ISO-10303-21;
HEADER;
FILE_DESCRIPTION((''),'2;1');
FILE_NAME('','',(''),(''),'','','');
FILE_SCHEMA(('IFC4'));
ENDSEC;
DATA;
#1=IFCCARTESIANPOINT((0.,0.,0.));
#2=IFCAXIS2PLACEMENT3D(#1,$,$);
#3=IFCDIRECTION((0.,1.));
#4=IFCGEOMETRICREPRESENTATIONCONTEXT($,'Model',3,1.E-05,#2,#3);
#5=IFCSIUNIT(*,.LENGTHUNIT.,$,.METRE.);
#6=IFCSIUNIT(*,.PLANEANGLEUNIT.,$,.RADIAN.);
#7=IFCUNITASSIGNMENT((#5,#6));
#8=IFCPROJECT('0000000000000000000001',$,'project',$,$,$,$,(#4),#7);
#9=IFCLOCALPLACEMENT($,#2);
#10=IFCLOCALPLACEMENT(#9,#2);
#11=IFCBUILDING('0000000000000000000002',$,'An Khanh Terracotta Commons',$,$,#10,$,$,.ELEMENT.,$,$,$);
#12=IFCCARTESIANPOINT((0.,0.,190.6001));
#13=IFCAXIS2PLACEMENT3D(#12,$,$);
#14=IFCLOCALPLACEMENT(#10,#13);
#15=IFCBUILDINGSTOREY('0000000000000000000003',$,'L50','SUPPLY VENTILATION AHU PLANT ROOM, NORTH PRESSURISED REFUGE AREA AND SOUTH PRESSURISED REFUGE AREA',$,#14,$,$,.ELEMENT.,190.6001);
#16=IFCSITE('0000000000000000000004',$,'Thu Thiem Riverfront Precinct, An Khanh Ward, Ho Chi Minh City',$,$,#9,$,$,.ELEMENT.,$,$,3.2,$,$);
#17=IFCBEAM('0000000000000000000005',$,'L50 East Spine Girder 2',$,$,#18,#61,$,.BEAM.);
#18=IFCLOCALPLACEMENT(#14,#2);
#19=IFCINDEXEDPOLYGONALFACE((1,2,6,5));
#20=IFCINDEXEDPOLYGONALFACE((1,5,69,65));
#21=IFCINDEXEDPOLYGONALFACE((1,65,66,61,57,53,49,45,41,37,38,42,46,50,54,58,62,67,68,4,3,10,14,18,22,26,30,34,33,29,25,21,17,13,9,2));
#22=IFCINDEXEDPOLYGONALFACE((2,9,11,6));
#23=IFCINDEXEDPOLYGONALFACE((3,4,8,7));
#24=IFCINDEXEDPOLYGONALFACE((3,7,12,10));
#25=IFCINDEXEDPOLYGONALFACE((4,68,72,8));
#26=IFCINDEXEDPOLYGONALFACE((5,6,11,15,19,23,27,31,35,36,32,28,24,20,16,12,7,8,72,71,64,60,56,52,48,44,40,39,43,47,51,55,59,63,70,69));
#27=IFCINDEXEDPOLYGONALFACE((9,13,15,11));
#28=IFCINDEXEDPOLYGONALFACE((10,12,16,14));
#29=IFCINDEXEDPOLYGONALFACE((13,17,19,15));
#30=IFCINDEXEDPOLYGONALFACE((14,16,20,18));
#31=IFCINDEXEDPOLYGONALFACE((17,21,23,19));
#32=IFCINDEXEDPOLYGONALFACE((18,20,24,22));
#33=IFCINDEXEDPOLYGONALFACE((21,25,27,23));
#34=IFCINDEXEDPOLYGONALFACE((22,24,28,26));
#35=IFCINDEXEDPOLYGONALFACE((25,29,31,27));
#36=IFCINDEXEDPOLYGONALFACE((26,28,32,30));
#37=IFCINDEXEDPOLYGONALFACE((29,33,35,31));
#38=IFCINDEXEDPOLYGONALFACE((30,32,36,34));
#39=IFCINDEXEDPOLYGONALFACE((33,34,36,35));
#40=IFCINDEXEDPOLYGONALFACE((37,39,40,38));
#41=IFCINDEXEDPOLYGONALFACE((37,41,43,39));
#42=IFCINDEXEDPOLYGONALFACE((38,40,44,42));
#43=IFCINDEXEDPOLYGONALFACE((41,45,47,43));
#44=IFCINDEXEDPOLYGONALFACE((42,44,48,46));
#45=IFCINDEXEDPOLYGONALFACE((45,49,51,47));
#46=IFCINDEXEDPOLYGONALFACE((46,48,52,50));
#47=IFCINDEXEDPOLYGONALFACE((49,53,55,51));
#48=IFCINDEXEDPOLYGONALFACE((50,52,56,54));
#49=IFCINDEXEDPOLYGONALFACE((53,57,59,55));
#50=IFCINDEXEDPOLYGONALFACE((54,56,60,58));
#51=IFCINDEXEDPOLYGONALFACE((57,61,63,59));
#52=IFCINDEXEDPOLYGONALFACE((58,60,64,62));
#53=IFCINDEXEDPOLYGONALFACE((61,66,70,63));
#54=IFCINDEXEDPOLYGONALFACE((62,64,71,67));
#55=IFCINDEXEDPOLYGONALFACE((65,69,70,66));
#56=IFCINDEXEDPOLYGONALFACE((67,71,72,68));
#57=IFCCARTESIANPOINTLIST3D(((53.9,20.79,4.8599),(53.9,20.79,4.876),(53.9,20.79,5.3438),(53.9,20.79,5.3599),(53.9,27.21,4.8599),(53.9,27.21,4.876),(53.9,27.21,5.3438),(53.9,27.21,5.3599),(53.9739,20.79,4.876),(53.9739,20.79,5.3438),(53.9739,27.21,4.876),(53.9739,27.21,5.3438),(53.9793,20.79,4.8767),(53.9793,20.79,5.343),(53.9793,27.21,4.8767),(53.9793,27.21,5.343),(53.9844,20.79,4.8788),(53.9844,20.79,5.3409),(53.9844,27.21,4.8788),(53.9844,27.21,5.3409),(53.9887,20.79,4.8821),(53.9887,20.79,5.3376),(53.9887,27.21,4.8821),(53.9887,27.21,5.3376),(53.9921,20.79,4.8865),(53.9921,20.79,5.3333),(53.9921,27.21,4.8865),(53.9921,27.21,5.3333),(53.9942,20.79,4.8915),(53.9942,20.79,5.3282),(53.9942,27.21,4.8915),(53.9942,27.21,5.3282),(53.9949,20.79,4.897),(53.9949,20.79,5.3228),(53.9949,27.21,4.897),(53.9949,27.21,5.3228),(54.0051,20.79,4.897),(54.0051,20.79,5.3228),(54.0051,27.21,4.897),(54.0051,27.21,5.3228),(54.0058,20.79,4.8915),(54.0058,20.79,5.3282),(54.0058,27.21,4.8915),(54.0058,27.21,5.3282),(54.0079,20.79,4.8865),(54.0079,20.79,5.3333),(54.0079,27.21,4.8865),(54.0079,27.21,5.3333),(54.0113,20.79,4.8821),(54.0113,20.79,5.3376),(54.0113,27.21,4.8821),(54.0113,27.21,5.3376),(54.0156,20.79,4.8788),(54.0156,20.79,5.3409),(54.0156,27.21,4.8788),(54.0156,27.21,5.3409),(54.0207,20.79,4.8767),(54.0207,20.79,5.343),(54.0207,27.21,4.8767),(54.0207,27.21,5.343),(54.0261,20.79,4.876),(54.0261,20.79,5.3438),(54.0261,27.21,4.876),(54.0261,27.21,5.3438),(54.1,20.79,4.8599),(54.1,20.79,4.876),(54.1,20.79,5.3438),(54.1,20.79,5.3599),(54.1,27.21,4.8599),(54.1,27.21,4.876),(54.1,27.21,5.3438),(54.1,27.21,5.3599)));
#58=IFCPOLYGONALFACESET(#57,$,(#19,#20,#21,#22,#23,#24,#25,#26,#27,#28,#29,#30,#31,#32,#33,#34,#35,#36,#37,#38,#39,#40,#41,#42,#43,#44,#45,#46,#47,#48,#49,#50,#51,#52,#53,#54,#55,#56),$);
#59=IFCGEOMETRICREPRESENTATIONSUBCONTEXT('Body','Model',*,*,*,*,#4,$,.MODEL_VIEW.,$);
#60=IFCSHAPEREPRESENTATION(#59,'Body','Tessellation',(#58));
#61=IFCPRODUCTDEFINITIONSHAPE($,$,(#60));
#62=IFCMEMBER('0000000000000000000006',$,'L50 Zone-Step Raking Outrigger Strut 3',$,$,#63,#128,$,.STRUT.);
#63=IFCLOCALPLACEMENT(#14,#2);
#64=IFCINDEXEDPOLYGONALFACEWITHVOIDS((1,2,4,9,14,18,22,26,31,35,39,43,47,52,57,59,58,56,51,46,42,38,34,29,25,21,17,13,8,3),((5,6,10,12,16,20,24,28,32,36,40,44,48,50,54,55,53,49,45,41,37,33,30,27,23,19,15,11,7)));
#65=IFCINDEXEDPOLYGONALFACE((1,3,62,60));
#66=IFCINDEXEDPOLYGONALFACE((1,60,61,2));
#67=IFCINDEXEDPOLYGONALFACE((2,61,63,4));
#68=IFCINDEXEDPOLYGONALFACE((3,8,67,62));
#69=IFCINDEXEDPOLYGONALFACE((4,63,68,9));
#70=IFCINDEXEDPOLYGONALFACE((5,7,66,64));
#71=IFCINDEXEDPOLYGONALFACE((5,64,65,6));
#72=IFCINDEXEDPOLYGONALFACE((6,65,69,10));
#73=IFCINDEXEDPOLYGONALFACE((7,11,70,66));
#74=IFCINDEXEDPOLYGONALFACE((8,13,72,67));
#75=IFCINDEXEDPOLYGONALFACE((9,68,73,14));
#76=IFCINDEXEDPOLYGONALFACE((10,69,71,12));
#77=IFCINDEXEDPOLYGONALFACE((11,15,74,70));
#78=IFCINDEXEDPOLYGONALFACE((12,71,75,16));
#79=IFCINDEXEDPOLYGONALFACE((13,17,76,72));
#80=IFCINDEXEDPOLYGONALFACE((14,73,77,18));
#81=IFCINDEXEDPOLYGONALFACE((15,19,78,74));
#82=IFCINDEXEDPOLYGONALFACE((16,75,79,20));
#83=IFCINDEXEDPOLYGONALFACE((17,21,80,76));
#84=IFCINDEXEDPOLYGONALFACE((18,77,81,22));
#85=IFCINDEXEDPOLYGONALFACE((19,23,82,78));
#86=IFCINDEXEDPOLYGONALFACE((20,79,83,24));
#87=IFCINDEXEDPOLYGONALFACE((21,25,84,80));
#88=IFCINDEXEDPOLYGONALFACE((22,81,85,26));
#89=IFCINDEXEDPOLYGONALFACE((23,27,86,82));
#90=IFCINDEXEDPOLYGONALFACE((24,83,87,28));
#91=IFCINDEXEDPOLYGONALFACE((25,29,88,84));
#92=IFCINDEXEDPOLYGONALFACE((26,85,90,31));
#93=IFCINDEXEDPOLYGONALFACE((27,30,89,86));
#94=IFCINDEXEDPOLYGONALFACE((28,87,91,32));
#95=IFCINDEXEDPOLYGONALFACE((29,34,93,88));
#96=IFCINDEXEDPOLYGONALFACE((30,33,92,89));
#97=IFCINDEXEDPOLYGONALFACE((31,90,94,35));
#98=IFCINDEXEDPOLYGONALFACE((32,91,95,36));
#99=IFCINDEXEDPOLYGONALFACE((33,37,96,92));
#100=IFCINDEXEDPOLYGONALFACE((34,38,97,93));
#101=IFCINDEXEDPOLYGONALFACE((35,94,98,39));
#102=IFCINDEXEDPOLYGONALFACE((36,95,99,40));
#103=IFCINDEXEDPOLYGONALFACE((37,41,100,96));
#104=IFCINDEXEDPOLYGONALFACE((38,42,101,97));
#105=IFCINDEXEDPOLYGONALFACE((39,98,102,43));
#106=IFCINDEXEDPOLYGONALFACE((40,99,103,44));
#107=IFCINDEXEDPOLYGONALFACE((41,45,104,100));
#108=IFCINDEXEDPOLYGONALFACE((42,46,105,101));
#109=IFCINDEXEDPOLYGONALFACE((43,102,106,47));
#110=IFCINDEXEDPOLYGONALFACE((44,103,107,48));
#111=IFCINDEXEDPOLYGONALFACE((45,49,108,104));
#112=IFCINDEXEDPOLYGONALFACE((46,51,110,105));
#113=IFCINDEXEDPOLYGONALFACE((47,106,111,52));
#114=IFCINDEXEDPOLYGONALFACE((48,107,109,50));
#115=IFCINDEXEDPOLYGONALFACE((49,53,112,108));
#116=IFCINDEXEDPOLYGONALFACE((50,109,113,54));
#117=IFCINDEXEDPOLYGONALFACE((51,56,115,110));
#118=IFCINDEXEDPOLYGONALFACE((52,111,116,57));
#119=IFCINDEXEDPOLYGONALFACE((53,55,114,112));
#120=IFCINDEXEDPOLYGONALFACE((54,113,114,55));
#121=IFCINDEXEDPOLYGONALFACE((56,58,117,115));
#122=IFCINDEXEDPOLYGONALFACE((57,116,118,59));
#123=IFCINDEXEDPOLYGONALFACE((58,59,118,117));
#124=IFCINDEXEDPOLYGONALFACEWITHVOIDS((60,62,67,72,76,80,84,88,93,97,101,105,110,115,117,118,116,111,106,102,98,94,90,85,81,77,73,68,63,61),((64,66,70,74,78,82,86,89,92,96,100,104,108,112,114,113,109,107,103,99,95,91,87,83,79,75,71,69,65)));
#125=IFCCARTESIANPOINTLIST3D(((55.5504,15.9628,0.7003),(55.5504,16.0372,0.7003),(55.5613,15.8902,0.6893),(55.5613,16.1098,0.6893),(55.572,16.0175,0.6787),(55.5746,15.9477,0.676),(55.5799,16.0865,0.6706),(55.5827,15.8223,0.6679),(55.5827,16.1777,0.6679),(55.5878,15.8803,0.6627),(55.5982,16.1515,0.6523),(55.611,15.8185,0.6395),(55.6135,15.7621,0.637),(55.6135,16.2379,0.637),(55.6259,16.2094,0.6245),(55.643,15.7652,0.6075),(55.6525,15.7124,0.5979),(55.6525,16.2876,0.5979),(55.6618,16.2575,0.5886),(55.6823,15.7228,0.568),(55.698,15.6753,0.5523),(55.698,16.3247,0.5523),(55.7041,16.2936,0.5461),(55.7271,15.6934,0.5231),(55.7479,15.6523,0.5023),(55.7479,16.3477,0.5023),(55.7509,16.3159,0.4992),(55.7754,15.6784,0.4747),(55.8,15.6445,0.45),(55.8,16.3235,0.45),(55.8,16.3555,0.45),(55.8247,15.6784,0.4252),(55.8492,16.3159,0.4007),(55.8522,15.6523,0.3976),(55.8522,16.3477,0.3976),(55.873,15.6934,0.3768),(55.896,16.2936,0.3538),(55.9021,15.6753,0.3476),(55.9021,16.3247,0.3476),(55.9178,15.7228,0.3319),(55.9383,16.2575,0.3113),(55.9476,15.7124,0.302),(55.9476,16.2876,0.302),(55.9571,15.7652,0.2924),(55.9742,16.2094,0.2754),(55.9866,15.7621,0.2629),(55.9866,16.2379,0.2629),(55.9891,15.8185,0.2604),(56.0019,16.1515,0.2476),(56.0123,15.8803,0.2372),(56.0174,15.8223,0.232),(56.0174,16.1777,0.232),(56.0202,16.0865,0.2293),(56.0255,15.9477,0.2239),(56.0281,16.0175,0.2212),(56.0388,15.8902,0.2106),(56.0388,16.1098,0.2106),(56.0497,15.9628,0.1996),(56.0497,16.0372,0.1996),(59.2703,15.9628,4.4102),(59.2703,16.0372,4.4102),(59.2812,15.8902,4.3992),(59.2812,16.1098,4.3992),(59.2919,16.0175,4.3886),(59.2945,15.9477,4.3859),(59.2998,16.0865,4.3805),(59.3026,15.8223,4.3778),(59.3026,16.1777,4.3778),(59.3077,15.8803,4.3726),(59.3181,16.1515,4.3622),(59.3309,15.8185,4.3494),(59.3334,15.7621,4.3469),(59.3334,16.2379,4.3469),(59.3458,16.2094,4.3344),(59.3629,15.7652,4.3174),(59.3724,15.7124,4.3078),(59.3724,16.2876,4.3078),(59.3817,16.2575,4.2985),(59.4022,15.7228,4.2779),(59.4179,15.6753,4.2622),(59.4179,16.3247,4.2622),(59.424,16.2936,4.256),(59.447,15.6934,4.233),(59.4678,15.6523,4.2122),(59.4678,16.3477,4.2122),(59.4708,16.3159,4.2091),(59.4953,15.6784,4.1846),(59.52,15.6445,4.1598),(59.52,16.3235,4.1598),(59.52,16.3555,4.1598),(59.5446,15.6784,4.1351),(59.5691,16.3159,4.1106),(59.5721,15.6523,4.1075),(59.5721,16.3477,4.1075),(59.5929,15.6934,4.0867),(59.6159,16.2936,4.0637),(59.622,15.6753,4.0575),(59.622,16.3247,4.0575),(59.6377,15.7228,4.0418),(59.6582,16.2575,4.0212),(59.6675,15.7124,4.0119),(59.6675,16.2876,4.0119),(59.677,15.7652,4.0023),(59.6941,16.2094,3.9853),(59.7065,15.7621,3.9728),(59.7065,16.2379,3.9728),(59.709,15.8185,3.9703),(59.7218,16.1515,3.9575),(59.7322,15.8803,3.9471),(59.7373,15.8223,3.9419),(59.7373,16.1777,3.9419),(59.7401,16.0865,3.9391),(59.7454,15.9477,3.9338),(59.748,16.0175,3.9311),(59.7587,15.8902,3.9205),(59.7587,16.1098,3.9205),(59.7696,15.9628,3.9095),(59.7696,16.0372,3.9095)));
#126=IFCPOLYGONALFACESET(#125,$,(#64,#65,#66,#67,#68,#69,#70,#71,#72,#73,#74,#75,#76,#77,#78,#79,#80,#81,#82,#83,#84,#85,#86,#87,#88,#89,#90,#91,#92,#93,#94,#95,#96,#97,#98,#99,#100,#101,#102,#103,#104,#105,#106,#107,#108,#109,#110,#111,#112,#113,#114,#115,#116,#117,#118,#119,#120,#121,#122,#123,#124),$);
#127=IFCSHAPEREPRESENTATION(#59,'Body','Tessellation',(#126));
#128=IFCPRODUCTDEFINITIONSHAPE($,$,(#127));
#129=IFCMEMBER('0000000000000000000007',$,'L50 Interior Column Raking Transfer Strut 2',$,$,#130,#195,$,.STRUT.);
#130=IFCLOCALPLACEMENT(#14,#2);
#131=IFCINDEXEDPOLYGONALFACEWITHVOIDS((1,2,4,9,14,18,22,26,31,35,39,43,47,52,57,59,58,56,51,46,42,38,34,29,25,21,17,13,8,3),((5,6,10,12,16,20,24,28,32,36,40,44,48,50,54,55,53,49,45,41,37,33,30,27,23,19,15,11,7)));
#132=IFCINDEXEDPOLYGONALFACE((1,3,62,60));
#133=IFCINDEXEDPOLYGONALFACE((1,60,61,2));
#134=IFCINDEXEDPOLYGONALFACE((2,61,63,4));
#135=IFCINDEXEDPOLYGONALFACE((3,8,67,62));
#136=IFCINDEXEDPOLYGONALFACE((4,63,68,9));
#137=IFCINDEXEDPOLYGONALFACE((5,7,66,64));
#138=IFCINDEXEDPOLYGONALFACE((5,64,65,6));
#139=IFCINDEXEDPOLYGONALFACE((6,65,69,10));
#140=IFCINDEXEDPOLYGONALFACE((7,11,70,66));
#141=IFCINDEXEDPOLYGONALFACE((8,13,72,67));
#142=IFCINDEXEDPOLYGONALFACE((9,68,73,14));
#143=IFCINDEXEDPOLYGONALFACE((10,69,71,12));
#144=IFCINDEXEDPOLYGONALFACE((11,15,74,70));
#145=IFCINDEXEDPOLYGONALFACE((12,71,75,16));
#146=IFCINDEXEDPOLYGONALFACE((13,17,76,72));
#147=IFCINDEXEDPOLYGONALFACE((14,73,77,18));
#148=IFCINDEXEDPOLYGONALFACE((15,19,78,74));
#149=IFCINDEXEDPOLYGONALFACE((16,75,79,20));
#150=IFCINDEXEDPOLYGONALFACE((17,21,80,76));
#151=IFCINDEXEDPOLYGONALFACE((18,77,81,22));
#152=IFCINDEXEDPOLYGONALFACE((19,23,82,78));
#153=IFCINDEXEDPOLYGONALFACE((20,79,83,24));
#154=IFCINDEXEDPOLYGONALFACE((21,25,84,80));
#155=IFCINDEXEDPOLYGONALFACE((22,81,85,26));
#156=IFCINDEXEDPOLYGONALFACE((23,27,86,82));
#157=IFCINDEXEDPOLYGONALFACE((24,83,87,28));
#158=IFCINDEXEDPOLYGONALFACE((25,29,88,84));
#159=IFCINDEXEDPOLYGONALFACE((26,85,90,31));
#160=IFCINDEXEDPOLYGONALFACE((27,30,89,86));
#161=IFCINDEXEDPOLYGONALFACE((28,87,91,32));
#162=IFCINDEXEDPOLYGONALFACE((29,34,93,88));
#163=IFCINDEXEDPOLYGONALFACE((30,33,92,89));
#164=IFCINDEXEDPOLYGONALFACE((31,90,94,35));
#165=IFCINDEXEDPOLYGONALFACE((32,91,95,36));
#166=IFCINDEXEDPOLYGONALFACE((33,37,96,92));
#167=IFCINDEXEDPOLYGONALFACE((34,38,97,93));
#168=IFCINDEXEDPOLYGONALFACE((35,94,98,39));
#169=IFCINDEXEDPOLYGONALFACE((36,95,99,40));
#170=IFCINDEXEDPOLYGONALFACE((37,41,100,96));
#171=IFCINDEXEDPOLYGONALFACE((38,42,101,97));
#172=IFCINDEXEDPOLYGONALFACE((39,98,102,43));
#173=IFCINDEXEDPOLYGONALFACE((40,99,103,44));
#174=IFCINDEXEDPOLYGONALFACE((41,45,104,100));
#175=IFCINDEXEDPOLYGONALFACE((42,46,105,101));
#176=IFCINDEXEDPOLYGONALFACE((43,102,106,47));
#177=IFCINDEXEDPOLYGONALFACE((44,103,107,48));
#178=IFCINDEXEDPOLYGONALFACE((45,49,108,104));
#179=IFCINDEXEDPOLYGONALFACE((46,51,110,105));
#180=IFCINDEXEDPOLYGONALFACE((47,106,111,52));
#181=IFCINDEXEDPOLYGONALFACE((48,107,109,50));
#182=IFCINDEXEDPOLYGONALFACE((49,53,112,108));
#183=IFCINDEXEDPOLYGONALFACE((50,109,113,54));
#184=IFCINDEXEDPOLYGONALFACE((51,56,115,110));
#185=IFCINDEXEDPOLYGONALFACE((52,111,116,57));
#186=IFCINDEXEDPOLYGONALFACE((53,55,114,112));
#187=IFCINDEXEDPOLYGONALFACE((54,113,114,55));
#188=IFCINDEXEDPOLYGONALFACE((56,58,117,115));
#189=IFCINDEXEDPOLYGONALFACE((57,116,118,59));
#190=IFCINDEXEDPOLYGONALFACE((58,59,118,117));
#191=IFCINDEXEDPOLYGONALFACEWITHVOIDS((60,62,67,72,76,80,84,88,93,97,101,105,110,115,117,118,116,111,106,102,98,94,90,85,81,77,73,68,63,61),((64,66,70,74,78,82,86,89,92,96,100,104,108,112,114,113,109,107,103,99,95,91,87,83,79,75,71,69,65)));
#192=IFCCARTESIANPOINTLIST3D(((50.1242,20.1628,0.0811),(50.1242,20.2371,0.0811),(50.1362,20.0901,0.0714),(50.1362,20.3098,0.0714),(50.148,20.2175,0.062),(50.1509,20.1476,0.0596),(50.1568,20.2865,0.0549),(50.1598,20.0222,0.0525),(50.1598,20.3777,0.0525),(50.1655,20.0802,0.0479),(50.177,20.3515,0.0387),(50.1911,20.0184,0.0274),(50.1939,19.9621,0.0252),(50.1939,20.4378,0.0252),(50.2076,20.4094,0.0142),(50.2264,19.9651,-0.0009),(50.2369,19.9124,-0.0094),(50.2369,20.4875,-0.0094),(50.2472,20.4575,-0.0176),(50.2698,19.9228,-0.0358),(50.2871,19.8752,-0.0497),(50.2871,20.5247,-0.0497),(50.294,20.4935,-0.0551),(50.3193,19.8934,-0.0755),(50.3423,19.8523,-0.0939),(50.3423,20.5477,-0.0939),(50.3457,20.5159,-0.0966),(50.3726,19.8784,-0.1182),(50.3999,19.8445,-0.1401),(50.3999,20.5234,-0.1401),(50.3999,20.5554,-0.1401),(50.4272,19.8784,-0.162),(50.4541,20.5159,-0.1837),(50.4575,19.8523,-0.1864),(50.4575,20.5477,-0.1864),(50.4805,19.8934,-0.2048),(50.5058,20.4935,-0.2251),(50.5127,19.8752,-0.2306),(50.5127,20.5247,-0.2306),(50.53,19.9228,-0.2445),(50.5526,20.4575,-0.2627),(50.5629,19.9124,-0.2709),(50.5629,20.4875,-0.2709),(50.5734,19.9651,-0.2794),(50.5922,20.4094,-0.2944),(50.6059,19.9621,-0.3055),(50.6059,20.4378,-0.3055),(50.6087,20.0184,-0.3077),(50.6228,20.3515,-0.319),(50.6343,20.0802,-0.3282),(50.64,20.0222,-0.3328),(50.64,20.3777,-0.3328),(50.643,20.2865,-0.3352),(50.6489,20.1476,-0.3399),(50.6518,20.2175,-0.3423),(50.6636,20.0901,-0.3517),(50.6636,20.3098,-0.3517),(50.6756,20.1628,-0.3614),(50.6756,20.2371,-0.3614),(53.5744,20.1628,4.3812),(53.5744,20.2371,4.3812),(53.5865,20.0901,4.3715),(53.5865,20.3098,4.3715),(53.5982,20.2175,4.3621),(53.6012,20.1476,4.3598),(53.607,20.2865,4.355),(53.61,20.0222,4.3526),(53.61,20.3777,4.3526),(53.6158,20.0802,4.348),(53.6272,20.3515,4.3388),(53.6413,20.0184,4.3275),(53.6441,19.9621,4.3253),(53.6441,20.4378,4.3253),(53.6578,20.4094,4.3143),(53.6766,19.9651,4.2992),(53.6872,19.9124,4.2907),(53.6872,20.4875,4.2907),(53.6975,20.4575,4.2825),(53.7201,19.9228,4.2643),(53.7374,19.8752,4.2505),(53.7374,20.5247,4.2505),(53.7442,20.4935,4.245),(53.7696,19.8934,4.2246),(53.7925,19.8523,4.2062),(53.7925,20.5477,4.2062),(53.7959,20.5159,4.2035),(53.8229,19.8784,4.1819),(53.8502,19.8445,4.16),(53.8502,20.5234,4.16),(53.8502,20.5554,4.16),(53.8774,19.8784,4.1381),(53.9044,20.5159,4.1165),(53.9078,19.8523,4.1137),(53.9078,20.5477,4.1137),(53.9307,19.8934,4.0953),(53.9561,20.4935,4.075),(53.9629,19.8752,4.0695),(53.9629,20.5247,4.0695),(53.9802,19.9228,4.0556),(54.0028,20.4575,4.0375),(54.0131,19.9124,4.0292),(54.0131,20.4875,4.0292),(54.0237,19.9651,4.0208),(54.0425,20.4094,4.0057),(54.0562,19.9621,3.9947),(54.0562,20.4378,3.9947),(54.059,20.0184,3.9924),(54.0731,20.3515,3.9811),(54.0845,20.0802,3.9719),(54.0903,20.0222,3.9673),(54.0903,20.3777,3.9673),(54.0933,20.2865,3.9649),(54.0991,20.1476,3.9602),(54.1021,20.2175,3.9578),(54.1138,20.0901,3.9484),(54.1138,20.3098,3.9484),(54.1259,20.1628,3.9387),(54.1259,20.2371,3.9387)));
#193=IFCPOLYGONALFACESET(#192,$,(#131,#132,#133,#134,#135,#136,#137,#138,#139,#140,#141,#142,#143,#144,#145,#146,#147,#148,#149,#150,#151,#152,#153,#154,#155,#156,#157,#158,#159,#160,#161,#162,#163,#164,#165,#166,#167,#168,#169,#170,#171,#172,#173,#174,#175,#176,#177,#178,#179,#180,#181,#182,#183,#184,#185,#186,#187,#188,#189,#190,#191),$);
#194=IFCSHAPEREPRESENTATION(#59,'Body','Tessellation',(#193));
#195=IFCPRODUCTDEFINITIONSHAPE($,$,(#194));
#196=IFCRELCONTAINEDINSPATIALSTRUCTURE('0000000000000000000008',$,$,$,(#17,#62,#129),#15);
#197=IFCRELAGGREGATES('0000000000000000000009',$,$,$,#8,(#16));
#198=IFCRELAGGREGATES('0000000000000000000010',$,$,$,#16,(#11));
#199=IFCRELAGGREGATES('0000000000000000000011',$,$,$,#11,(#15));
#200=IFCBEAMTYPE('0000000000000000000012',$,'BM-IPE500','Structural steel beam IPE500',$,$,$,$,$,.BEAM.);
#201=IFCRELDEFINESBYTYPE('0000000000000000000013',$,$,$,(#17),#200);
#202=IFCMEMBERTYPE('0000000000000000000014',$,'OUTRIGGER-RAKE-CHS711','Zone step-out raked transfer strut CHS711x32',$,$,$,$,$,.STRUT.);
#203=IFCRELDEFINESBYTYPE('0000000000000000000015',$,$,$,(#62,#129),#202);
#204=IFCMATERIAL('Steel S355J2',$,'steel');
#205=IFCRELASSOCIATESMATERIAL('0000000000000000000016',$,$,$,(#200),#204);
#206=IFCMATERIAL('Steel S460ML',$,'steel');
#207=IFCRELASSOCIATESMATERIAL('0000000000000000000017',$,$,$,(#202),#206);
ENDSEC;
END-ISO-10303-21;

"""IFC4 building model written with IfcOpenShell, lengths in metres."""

from ifc_helpers import new_model, si_unit, direction, frame, origin, origin_2d, place, context, subcontext, project, spatial, hollow_circle, i_section, extrude, material, material_profile, profile_set, type_object, element, save


model = new_model("IFC4")

# Units and contexts
model_context = context("Model", 3, precision=1e-05, world=origin(), true_north=direction((0.0, 1.0)))
body_context = subcontext(model_context, "Body", "Model", "MODEL_VIEW")
ifc_project = project(units=[si_unit("LENGTHUNIT", "METRE"), si_unit("PLANEANGLEUNIT", "RADIAN")], contexts=[model_context])

# Site, building, storey
site_placement = place(None, origin())
site = spatial("IfcSite", under=ifc_project, at=site_placement, Name="Thu Thiem Riverfront Precinct, An Khanh Ward, Ho Chi Minh City", CompositionType="ELEMENT", RefElevation=3.2)
building_placement = place(site_placement, origin())
building = spatial("IfcBuilding", under=site, at=building_placement, Name="An Khanh Terracotta Commons", CompositionType="ELEMENT")
storey_placement = place(building_placement, frame((0.0, 0.0, 190.6001)))
storey = spatial("IfcBuildingStorey", under=building, at=storey_placement, Name="L50", Description="SUPPLY VENTILATION AHU PLANT ROOM, NORTH PRESSURISED REFUGE AREA AND SOUTH PRESSURISED REFUGE AREA", CompositionType="ELEMENT", Elevation=190.6001)

# Shared definitions
ifc_material_1 = material(Name="Steel S460ML", Category="steel")

# Beam
ifc_material_2 = material(Name="Steel S355J2", Category="steel")
ifc_material_profile_1 = material_profile(ifc_material_2, i_section(OverallWidth=0.2, OverallDepth=0.5, WebThickness=0.0103, FlangeThickness=0.0161, FilletRadius=0.021, at=origin_2d()), Name="IPE500")
ifc_profile_set_1 = profile_set([ifc_material_profile_1], Name="Steel S355J2")
beam_type_1 = type_object("IfcBeamType", Name="BM-IPE500", Description="Structural steel beam IPE500", PredefinedType="BEAM", material=ifc_profile_set_1)
beam_1_placement = place(storey_placement, frame((54.0, 20.79, 5.1099), z_axis=(0.0, 1.0, 0.0), x_axis=(-1.0, 0.0, 0.0)))
element("IfcBeam", 1, at=beam_1_placement, inside=storey, type_object=beam_type_1, Name="L50 East Spine Girder 2", PredefinedType="BEAM", context=body_context, shape_type="SweptSolid", body=[
    extrude(i_section(OverallWidth=0.2, OverallDepth=0.5, WebThickness=0.0103, FlangeThickness=0.0161, FilletRadius=0.021, at=origin_2d()), origin(), (0.0, 0.0, 1.0), 6.4199),
])

# Members
ifc_material_profile_2 = material_profile(ifc_material_1, hollow_circle(Radius=0.3555, WallThickness=0.032, at=origin_2d()), Name="CHS711x32")
ifc_profile_set_2 = profile_set([ifc_material_profile_2], Name="Steel S460ML")
member_type_1 = type_object("IfcMemberType", Name="OUTRIGGER-RAKE-CHS711", Description="Zone step-out raked transfer strut CHS711x32", PredefinedType="STRUT", material=ifc_profile_set_2)
member_1_placement = place(storey_placement, frame((55.8, 16.0, 0.45), z_axis=(0.708059, 0.0, 0.706154), x_axis=(0.0, 1.0, 0.0)))
element("IfcMember", 2, at=member_1_placement, inside=storey, type_object=member_type_1, Name="L50 Zone-Step Raking Outrigger Strut 3", PredefinedType="STRUT", context=body_context, shape_type="SweptSolid", body=[
    extrude(hollow_circle(Radius=0.3555, WallThickness=0.032, at=origin_2d()), origin(), (0.0, 0.0, 1.0), 5.2537),
])
member_2_placement = place(storey_placement, frame((50.3999, 20.2, -0.1401), z_axis=(0.625818, 0.0, 0.779969), x_axis=(0.0, 1.0, 0.0)))
element("IfcMember", 3, at=member_2_placement, inside=storey, type_object=member_type_1, Name="L50 Interior Column Raking Transfer Strut 2", PredefinedType="STRUT", context=body_context, shape_type="SweptSolid", body=[
    extrude(hollow_circle(Radius=0.3555, WallThickness=0.032, at=origin_2d()), origin(), (0.0, 0.0, 1.0), 5.5132),
])

save(model, "model.ifc")
